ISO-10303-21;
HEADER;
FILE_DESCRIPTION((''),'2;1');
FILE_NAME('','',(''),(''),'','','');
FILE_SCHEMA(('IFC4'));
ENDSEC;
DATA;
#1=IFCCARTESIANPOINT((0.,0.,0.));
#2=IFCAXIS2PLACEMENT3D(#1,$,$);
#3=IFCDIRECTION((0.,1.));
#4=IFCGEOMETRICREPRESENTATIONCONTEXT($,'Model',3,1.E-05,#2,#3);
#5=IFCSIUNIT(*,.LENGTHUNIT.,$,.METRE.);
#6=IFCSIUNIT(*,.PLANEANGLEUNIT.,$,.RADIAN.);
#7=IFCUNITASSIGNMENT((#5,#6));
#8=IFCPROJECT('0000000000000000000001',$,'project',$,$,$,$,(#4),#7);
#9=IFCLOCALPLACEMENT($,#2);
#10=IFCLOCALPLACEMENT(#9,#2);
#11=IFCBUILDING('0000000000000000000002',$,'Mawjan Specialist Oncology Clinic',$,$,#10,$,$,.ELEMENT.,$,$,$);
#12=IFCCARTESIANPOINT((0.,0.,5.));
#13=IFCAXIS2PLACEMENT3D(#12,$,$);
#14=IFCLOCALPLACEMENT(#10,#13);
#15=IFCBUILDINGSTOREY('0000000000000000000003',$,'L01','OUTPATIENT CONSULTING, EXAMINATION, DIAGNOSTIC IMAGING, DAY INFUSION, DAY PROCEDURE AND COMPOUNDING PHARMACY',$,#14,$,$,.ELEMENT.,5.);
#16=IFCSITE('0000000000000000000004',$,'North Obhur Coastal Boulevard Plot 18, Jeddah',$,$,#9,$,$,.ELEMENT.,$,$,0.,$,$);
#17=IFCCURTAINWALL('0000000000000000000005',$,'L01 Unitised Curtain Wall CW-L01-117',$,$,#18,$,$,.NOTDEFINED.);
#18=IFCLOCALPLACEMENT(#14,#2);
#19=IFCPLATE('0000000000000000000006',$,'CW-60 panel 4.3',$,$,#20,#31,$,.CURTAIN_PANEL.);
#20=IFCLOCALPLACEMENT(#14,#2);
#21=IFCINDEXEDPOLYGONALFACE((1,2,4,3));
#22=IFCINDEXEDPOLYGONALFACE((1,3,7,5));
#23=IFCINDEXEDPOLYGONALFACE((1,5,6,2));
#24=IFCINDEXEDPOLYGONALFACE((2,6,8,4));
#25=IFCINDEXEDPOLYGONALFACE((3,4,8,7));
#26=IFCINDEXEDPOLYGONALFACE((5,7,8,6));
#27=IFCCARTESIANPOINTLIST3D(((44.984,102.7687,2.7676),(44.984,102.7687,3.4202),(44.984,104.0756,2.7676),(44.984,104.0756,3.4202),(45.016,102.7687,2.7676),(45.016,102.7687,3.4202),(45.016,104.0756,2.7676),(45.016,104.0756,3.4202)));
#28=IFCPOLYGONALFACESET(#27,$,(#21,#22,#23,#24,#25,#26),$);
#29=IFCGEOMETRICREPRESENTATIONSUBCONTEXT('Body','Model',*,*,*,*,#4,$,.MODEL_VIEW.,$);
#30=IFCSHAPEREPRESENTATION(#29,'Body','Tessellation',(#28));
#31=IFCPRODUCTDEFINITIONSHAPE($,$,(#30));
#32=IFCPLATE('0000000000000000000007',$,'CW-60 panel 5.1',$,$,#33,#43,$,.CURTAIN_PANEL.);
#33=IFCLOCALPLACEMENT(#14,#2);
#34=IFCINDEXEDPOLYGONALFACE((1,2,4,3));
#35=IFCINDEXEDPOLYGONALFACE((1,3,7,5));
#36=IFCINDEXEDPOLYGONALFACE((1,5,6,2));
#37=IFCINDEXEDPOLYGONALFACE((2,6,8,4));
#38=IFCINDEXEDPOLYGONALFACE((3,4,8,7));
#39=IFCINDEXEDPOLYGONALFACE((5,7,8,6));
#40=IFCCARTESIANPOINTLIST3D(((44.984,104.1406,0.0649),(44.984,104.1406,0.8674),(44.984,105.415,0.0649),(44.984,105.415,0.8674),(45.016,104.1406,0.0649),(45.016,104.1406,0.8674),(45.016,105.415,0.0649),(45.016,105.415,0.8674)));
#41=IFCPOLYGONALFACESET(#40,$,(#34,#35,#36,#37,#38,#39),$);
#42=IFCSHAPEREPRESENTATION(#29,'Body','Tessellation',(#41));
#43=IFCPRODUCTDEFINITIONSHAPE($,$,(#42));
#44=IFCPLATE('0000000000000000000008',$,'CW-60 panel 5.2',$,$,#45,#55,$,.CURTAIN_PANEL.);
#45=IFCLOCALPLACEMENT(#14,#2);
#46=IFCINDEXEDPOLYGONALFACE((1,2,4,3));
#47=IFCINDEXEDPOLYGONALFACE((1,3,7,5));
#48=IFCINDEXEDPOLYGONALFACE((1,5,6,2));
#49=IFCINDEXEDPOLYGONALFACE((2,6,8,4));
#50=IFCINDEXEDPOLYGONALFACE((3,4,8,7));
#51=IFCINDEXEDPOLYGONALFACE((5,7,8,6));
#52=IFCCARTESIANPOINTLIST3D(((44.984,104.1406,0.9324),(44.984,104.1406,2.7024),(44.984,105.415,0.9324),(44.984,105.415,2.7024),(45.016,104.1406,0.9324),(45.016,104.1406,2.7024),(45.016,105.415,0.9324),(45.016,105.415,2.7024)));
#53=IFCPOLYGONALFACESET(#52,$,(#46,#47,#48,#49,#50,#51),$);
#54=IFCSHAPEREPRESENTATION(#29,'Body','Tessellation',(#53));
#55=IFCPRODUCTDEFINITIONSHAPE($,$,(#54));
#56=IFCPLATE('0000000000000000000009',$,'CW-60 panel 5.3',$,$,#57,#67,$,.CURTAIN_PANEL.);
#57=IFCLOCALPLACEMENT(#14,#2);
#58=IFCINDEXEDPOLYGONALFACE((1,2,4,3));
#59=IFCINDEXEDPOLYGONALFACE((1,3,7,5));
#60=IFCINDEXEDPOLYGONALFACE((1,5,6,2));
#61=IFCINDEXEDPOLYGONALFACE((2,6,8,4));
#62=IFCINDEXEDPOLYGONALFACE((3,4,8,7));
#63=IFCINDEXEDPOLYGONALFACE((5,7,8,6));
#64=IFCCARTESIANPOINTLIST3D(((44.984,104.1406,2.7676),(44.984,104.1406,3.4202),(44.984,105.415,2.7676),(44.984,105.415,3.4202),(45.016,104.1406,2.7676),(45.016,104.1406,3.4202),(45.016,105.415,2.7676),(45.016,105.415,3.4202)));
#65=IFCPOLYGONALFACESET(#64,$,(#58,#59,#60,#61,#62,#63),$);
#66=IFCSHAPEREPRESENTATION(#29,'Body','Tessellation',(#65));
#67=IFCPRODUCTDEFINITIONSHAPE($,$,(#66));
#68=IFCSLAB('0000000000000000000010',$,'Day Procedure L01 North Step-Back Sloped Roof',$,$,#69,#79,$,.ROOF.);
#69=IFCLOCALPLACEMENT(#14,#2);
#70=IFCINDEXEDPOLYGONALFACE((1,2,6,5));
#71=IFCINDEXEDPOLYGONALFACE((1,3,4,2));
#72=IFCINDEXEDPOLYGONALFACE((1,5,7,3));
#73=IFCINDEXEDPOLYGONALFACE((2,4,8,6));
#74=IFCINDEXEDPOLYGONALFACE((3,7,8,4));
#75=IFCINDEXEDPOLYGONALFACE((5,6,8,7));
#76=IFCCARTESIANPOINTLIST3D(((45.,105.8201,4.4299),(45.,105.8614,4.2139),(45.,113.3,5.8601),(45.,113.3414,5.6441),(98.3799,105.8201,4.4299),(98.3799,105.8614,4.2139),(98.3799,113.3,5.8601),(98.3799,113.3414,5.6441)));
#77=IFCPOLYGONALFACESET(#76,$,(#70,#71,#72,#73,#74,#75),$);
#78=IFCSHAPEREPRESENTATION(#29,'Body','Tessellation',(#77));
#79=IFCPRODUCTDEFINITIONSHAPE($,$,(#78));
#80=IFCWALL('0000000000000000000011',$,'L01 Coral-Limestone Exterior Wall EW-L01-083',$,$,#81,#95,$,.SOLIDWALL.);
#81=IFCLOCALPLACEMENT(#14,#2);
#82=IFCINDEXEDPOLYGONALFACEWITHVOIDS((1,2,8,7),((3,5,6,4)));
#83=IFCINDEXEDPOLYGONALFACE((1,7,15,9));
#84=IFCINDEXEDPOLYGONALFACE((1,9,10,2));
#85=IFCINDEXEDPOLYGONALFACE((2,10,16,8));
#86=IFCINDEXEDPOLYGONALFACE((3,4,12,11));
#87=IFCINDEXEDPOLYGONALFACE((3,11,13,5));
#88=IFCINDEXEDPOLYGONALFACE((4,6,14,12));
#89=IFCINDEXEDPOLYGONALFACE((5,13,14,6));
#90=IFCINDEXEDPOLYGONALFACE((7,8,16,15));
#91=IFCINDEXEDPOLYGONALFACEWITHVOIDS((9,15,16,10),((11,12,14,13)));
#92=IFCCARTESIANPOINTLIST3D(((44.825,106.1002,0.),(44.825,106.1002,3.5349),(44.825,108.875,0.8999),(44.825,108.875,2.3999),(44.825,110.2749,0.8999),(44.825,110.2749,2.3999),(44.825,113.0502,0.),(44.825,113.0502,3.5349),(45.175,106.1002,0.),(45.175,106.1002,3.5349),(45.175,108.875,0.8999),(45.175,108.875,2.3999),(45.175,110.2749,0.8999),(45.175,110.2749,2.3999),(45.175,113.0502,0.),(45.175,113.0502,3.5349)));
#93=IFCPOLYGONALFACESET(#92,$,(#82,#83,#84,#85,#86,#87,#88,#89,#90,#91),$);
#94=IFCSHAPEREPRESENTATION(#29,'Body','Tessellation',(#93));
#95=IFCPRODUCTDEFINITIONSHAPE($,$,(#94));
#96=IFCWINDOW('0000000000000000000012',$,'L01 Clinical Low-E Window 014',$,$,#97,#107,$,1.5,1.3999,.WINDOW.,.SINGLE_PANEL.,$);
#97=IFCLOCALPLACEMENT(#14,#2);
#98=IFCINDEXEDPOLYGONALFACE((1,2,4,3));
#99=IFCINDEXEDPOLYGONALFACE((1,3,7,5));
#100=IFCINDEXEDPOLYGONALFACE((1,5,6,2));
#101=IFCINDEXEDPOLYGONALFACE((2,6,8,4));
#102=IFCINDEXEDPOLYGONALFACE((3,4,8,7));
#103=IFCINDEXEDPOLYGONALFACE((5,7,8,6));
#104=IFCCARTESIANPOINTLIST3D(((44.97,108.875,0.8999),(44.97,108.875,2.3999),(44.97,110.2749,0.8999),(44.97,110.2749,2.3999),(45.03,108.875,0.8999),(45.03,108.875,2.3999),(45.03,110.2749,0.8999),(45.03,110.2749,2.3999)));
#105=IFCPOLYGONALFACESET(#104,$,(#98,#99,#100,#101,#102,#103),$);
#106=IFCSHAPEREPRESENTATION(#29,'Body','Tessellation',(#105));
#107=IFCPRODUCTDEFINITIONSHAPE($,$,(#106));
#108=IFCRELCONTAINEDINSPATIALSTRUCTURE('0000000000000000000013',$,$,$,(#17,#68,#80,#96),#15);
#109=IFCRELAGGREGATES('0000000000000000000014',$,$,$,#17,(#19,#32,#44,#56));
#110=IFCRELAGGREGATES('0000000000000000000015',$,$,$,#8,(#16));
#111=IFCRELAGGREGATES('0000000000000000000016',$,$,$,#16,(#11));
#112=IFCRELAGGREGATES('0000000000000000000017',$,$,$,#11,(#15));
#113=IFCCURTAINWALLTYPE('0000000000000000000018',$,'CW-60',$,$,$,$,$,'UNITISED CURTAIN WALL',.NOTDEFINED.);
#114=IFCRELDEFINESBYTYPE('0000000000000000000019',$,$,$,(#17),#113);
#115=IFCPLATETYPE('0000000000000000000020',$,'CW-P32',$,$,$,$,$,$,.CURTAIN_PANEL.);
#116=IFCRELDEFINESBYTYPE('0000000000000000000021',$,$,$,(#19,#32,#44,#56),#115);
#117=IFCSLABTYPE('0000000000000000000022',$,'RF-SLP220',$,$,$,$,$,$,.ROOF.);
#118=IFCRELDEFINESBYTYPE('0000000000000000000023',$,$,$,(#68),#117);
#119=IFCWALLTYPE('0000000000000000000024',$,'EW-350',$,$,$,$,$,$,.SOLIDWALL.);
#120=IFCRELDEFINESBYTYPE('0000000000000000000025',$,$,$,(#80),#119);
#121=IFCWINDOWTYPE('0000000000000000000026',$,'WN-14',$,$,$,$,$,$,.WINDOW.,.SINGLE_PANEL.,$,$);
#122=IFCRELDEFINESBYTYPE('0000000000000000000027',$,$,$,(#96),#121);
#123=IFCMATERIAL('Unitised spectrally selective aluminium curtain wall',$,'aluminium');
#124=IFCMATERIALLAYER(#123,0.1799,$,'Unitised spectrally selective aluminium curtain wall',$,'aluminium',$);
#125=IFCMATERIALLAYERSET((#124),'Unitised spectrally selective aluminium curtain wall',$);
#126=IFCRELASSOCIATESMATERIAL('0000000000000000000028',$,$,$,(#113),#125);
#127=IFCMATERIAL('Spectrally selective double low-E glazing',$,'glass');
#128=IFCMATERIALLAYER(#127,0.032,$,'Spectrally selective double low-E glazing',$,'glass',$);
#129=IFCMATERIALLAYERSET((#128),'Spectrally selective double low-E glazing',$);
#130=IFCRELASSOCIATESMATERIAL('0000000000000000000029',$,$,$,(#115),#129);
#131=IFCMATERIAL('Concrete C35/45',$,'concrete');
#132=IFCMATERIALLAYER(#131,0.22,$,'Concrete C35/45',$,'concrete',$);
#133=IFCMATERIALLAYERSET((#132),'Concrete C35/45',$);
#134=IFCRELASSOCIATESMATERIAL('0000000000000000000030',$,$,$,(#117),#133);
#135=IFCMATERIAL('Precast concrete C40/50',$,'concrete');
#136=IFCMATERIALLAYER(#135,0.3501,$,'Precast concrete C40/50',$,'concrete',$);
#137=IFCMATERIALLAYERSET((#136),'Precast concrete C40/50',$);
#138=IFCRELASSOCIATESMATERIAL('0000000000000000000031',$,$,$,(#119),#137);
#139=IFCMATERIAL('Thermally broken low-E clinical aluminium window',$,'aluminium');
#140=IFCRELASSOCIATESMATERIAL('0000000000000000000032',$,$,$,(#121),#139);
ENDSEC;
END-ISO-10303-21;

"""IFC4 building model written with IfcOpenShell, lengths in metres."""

from ifc_helpers import new_model, si_unit, direction, frame, frame_2d, origin, origin_2d, place, context, subcontext, project, spatial, polyline, rectangle, outline, extrude, material, layer, layer_set, type_object, element, fill, aggregate, save


model = new_model("IFC4")

# Units and contexts
model_context = context("Model", 3, precision=1e-05, world=origin(), true_north=direction((0.0, 1.0)))
body_context = subcontext(model_context, "Body", "Model", "MODEL_VIEW")
ifc_project = project(units=[si_unit("LENGTHUNIT", "METRE"), si_unit("PLANEANGLEUNIT", "RADIAN")], contexts=[model_context])

# Site, building, storey
site_placement = place(None, origin())
site = spatial("IfcSite", under=ifc_project, at=site_placement, Name="North Obhur Coastal Boulevard Plot 18, Jeddah", CompositionType="ELEMENT", RefElevation=0.0)
building_placement = place(site_placement, origin())
building = spatial("IfcBuilding", under=site, at=building_placement, Name="Mawjan Specialist Oncology Clinic", CompositionType="ELEMENT")
storey_placement = place(building_placement, frame((0.0, 0.0, 5.0)))
storey = spatial("IfcBuildingStorey", under=building, at=storey_placement, Name="L01", Description="OUTPATIENT CONSULTING, EXAMINATION, DIAGNOSTIC IMAGING, DAY INFUSION, DAY PROCEDURE AND COMPOUNDING PHARMACY", CompositionType="ELEMENT", Elevation=5.0)

# Curtain wall
ifc_material_1 = material(Name="Unitised spectrally selective aluminium curtain wall", Category="aluminium")
ifc_layer_1 = layer(ifc_material_1, 0.1799, Name="Unitised spectrally selective aluminium curtain wall", Category="aluminium")
ifc_layer_set_1 = layer_set([ifc_layer_1], Name="Unitised spectrally selective aluminium curtain wall")
curtain_wall_type = type_object("IfcCurtainWallType", Name="CW-60", ElementType="UNITISED CURTAIN WALL", PredefinedType="NOTDEFINED", material=ifc_layer_set_1)
curtain_wall_placement = place(storey_placement, origin())
curtain_wall = element("IfcCurtainWall", 1, at=curtain_wall_placement, inside=storey, type_object=curtain_wall_type, Name="L01 Unitised Curtain Wall CW-L01-117", PredefinedType="NOTDEFINED")

# Plates
ifc_material_2 = material(Name="Spectrally selective double low-E glazing", Category="glass")
ifc_layer_2 = layer(ifc_material_2, 0.032, Name="Spectrally selective double low-E glazing", Category="glass")
ifc_layer_set_2 = layer_set([ifc_layer_2], Name="Spectrally selective double low-E glazing")
plate_type = type_object("IfcPlateType", Name="CW-P32", PredefinedType="CURTAIN_PANEL", material=ifc_layer_set_2)
plate_1_placement = place(storey_placement, frame((45.0, 103.4221, 2.7676), z_axis=(0.0, 0.0, 1.0), x_axis=(0.0, 1.0, 0.0)))
plate_1 = element("IfcPlate", 2, at=plate_1_placement, type_object=plate_type, Name="CW-60 panel 4.3", PredefinedType="CURTAIN_PANEL", context=body_context, shape_type="SweptSolid", body=[
    extrude(rectangle(XDim=1.3069, YDim=0.032, at=origin_2d()), origin(), (0.0, 0.0, 1.0), 0.6526),
])
plate_2_placement = place(storey_placement, frame((45.0, 104.7778, 0.0649), z_axis=(0.0, 0.0, 1.0), x_axis=(0.0, 1.0, 0.0)))
plate_2 = element("IfcPlate", 3, at=plate_2_placement, type_object=plate_type, Name="CW-60 panel 5.1", PredefinedType="CURTAIN_PANEL", context=body_context, shape_type="SweptSolid", body=[
    extrude(rectangle(XDim=1.2744, YDim=0.032, at=origin_2d()), origin(), (0.0, 0.0, 1.0), 0.8025),
])
plate_3_placement = place(storey_placement, frame((45.0, 104.7778, 0.9324), z_axis=(0.0, 0.0, 1.0), x_axis=(0.0, 1.0, 0.0)))
plate_3 = element("IfcPlate", 4, at=plate_3_placement, type_object=plate_type, Name="CW-60 panel 5.2", PredefinedType="CURTAIN_PANEL", context=body_context, shape_type="SweptSolid", body=[
    extrude(rectangle(XDim=1.2744, YDim=0.032, at=origin_2d()), origin(), (0.0, 0.0, 1.0), 1.77),
])
plate_4_placement = place(storey_placement, frame((45.0, 104.7778, 2.7676), z_axis=(0.0, 0.0, 1.0), x_axis=(0.0, 1.0, 0.0)))
plate_4 = element("IfcPlate", 5, at=plate_4_placement, type_object=plate_type, Name="CW-60 panel 5.3", PredefinedType="CURTAIN_PANEL", context=body_context, shape_type="SweptSolid", body=[
    extrude(rectangle(XDim=1.2744, YDim=0.032, at=origin_2d()), origin(), (0.0, 0.0, 1.0), 0.6526),
])
aggregate(curtain_wall, [plate_1, plate_2, plate_3, plate_4])

# Slab
ifc_material_3 = material(Name="Concrete C35/45", Category="concrete")
ifc_layer_3 = layer(ifc_material_3, 0.22, Name="Concrete C35/45", Category="concrete")
ifc_layer_set_3 = layer_set([ifc_layer_3], Name="Concrete C35/45")
slab_type = type_object("IfcSlabType", Name="RF-SLP220", PredefinedType="ROOF", material=ifc_layer_set_3)
slab_placement = place(storey_placement, frame((45.0, 105.8201, 4.4299), z_axis=(0.0, -0.187799, 0.982208), x_axis=(1.0, 0.0, 0.0)))
element("IfcSlab", 6, at=slab_placement, inside=storey, type_object=slab_type, Name="Day Procedure L01 North Step-Back Sloped Roof", PredefinedType="ROOF", context=body_context, shape_type="SweptSolid", body=[
    extrude(outline(polyline([(0.0, 0.0), (53.3799, 0.0), (53.3799, 7.6155), (0.0, 7.6155), (0.0, 0.0)])), origin(), (0.0, 0.0, -1.0), 0.22),
])

# Wall, opening, window
ifc_material_4 = material(Name="Precast concrete C40/50", Category="concrete")
ifc_layer_4 = layer(ifc_material_4, 0.3501, Name="Precast concrete C40/50", Category="concrete")
ifc_layer_set_4 = layer_set([ifc_layer_4], Name="Precast concrete C40/50")
wall_type = type_object("IfcWallType", Name="EW-350", PredefinedType="SOLIDWALL", material=ifc_layer_set_4)
wall_placement = place(storey_placement, frame((45.0, 106.1001, 0.0), z_axis=(0.0, 0.0, 1.0), x_axis=(0.0, 1.0, 0.0)))
wall = element("IfcWall", 7, at=wall_placement, inside=storey, type_object=wall_type, Name="L01 Coral-Limestone Exterior Wall EW-L01-083", PredefinedType="SOLIDWALL", context=body_context, shape_type="SweptSolid", body=[
    extrude(rectangle(XDim=6.95, YDim=0.3501, at=frame_2d((3.4751, 0.0))), origin(), (0.0, 0.0, 1.0), 3.5349),
])
opening_placement = place(wall_placement, frame((2.7749, 0.0, 0.8999)))
opening = element("IfcOpeningElement", 8, at=opening_placement, cuts=wall, PredefinedType="OPENING", context=body_context, shape_type="SweptSolid", body=[
    extrude(rectangle(XDim=1.3999, YDim=1.5, at=frame_2d((0.7, 0.75))), frame((0.0, 0.187, 0.0), z_axis=(0.0, -1.0, 0.0), x_axis=(1.0, 0.0, 0.0)), (0.0, 0.0, 1.0), 0.374),
])
ifc_material_5 = material(Name="Thermally broken low-E clinical aluminium window", Category="aluminium")
window_type = type_object("IfcWindowType", Name="WN-14", PartitioningType="SINGLE_PANEL", PredefinedType="WINDOW", material=ifc_material_5)
window_placement = place(opening_placement, origin())
window = element("IfcWindow", 9, at=window_placement, inside=storey, type_object=window_type, Name="L01 Clinical Low-E Window 014", OverallHeight=1.5, OverallWidth=1.3999, PartitioningType="SINGLE_PANEL", PredefinedType="WINDOW", context=body_context, shape_type="SweptSolid", body=[
    extrude(rectangle(XDim=1.3999, YDim=1.5, at=frame_2d((0.7, 0.75))), frame((0.0, 0.03, 0.0), z_axis=(0.0, -1.0, 0.0), x_axis=(1.0, 0.0, 0.0)), (0.0, 0.0, 1.0), 0.0601),
])
fill(opening, window)

save(model, "model.ifc")
